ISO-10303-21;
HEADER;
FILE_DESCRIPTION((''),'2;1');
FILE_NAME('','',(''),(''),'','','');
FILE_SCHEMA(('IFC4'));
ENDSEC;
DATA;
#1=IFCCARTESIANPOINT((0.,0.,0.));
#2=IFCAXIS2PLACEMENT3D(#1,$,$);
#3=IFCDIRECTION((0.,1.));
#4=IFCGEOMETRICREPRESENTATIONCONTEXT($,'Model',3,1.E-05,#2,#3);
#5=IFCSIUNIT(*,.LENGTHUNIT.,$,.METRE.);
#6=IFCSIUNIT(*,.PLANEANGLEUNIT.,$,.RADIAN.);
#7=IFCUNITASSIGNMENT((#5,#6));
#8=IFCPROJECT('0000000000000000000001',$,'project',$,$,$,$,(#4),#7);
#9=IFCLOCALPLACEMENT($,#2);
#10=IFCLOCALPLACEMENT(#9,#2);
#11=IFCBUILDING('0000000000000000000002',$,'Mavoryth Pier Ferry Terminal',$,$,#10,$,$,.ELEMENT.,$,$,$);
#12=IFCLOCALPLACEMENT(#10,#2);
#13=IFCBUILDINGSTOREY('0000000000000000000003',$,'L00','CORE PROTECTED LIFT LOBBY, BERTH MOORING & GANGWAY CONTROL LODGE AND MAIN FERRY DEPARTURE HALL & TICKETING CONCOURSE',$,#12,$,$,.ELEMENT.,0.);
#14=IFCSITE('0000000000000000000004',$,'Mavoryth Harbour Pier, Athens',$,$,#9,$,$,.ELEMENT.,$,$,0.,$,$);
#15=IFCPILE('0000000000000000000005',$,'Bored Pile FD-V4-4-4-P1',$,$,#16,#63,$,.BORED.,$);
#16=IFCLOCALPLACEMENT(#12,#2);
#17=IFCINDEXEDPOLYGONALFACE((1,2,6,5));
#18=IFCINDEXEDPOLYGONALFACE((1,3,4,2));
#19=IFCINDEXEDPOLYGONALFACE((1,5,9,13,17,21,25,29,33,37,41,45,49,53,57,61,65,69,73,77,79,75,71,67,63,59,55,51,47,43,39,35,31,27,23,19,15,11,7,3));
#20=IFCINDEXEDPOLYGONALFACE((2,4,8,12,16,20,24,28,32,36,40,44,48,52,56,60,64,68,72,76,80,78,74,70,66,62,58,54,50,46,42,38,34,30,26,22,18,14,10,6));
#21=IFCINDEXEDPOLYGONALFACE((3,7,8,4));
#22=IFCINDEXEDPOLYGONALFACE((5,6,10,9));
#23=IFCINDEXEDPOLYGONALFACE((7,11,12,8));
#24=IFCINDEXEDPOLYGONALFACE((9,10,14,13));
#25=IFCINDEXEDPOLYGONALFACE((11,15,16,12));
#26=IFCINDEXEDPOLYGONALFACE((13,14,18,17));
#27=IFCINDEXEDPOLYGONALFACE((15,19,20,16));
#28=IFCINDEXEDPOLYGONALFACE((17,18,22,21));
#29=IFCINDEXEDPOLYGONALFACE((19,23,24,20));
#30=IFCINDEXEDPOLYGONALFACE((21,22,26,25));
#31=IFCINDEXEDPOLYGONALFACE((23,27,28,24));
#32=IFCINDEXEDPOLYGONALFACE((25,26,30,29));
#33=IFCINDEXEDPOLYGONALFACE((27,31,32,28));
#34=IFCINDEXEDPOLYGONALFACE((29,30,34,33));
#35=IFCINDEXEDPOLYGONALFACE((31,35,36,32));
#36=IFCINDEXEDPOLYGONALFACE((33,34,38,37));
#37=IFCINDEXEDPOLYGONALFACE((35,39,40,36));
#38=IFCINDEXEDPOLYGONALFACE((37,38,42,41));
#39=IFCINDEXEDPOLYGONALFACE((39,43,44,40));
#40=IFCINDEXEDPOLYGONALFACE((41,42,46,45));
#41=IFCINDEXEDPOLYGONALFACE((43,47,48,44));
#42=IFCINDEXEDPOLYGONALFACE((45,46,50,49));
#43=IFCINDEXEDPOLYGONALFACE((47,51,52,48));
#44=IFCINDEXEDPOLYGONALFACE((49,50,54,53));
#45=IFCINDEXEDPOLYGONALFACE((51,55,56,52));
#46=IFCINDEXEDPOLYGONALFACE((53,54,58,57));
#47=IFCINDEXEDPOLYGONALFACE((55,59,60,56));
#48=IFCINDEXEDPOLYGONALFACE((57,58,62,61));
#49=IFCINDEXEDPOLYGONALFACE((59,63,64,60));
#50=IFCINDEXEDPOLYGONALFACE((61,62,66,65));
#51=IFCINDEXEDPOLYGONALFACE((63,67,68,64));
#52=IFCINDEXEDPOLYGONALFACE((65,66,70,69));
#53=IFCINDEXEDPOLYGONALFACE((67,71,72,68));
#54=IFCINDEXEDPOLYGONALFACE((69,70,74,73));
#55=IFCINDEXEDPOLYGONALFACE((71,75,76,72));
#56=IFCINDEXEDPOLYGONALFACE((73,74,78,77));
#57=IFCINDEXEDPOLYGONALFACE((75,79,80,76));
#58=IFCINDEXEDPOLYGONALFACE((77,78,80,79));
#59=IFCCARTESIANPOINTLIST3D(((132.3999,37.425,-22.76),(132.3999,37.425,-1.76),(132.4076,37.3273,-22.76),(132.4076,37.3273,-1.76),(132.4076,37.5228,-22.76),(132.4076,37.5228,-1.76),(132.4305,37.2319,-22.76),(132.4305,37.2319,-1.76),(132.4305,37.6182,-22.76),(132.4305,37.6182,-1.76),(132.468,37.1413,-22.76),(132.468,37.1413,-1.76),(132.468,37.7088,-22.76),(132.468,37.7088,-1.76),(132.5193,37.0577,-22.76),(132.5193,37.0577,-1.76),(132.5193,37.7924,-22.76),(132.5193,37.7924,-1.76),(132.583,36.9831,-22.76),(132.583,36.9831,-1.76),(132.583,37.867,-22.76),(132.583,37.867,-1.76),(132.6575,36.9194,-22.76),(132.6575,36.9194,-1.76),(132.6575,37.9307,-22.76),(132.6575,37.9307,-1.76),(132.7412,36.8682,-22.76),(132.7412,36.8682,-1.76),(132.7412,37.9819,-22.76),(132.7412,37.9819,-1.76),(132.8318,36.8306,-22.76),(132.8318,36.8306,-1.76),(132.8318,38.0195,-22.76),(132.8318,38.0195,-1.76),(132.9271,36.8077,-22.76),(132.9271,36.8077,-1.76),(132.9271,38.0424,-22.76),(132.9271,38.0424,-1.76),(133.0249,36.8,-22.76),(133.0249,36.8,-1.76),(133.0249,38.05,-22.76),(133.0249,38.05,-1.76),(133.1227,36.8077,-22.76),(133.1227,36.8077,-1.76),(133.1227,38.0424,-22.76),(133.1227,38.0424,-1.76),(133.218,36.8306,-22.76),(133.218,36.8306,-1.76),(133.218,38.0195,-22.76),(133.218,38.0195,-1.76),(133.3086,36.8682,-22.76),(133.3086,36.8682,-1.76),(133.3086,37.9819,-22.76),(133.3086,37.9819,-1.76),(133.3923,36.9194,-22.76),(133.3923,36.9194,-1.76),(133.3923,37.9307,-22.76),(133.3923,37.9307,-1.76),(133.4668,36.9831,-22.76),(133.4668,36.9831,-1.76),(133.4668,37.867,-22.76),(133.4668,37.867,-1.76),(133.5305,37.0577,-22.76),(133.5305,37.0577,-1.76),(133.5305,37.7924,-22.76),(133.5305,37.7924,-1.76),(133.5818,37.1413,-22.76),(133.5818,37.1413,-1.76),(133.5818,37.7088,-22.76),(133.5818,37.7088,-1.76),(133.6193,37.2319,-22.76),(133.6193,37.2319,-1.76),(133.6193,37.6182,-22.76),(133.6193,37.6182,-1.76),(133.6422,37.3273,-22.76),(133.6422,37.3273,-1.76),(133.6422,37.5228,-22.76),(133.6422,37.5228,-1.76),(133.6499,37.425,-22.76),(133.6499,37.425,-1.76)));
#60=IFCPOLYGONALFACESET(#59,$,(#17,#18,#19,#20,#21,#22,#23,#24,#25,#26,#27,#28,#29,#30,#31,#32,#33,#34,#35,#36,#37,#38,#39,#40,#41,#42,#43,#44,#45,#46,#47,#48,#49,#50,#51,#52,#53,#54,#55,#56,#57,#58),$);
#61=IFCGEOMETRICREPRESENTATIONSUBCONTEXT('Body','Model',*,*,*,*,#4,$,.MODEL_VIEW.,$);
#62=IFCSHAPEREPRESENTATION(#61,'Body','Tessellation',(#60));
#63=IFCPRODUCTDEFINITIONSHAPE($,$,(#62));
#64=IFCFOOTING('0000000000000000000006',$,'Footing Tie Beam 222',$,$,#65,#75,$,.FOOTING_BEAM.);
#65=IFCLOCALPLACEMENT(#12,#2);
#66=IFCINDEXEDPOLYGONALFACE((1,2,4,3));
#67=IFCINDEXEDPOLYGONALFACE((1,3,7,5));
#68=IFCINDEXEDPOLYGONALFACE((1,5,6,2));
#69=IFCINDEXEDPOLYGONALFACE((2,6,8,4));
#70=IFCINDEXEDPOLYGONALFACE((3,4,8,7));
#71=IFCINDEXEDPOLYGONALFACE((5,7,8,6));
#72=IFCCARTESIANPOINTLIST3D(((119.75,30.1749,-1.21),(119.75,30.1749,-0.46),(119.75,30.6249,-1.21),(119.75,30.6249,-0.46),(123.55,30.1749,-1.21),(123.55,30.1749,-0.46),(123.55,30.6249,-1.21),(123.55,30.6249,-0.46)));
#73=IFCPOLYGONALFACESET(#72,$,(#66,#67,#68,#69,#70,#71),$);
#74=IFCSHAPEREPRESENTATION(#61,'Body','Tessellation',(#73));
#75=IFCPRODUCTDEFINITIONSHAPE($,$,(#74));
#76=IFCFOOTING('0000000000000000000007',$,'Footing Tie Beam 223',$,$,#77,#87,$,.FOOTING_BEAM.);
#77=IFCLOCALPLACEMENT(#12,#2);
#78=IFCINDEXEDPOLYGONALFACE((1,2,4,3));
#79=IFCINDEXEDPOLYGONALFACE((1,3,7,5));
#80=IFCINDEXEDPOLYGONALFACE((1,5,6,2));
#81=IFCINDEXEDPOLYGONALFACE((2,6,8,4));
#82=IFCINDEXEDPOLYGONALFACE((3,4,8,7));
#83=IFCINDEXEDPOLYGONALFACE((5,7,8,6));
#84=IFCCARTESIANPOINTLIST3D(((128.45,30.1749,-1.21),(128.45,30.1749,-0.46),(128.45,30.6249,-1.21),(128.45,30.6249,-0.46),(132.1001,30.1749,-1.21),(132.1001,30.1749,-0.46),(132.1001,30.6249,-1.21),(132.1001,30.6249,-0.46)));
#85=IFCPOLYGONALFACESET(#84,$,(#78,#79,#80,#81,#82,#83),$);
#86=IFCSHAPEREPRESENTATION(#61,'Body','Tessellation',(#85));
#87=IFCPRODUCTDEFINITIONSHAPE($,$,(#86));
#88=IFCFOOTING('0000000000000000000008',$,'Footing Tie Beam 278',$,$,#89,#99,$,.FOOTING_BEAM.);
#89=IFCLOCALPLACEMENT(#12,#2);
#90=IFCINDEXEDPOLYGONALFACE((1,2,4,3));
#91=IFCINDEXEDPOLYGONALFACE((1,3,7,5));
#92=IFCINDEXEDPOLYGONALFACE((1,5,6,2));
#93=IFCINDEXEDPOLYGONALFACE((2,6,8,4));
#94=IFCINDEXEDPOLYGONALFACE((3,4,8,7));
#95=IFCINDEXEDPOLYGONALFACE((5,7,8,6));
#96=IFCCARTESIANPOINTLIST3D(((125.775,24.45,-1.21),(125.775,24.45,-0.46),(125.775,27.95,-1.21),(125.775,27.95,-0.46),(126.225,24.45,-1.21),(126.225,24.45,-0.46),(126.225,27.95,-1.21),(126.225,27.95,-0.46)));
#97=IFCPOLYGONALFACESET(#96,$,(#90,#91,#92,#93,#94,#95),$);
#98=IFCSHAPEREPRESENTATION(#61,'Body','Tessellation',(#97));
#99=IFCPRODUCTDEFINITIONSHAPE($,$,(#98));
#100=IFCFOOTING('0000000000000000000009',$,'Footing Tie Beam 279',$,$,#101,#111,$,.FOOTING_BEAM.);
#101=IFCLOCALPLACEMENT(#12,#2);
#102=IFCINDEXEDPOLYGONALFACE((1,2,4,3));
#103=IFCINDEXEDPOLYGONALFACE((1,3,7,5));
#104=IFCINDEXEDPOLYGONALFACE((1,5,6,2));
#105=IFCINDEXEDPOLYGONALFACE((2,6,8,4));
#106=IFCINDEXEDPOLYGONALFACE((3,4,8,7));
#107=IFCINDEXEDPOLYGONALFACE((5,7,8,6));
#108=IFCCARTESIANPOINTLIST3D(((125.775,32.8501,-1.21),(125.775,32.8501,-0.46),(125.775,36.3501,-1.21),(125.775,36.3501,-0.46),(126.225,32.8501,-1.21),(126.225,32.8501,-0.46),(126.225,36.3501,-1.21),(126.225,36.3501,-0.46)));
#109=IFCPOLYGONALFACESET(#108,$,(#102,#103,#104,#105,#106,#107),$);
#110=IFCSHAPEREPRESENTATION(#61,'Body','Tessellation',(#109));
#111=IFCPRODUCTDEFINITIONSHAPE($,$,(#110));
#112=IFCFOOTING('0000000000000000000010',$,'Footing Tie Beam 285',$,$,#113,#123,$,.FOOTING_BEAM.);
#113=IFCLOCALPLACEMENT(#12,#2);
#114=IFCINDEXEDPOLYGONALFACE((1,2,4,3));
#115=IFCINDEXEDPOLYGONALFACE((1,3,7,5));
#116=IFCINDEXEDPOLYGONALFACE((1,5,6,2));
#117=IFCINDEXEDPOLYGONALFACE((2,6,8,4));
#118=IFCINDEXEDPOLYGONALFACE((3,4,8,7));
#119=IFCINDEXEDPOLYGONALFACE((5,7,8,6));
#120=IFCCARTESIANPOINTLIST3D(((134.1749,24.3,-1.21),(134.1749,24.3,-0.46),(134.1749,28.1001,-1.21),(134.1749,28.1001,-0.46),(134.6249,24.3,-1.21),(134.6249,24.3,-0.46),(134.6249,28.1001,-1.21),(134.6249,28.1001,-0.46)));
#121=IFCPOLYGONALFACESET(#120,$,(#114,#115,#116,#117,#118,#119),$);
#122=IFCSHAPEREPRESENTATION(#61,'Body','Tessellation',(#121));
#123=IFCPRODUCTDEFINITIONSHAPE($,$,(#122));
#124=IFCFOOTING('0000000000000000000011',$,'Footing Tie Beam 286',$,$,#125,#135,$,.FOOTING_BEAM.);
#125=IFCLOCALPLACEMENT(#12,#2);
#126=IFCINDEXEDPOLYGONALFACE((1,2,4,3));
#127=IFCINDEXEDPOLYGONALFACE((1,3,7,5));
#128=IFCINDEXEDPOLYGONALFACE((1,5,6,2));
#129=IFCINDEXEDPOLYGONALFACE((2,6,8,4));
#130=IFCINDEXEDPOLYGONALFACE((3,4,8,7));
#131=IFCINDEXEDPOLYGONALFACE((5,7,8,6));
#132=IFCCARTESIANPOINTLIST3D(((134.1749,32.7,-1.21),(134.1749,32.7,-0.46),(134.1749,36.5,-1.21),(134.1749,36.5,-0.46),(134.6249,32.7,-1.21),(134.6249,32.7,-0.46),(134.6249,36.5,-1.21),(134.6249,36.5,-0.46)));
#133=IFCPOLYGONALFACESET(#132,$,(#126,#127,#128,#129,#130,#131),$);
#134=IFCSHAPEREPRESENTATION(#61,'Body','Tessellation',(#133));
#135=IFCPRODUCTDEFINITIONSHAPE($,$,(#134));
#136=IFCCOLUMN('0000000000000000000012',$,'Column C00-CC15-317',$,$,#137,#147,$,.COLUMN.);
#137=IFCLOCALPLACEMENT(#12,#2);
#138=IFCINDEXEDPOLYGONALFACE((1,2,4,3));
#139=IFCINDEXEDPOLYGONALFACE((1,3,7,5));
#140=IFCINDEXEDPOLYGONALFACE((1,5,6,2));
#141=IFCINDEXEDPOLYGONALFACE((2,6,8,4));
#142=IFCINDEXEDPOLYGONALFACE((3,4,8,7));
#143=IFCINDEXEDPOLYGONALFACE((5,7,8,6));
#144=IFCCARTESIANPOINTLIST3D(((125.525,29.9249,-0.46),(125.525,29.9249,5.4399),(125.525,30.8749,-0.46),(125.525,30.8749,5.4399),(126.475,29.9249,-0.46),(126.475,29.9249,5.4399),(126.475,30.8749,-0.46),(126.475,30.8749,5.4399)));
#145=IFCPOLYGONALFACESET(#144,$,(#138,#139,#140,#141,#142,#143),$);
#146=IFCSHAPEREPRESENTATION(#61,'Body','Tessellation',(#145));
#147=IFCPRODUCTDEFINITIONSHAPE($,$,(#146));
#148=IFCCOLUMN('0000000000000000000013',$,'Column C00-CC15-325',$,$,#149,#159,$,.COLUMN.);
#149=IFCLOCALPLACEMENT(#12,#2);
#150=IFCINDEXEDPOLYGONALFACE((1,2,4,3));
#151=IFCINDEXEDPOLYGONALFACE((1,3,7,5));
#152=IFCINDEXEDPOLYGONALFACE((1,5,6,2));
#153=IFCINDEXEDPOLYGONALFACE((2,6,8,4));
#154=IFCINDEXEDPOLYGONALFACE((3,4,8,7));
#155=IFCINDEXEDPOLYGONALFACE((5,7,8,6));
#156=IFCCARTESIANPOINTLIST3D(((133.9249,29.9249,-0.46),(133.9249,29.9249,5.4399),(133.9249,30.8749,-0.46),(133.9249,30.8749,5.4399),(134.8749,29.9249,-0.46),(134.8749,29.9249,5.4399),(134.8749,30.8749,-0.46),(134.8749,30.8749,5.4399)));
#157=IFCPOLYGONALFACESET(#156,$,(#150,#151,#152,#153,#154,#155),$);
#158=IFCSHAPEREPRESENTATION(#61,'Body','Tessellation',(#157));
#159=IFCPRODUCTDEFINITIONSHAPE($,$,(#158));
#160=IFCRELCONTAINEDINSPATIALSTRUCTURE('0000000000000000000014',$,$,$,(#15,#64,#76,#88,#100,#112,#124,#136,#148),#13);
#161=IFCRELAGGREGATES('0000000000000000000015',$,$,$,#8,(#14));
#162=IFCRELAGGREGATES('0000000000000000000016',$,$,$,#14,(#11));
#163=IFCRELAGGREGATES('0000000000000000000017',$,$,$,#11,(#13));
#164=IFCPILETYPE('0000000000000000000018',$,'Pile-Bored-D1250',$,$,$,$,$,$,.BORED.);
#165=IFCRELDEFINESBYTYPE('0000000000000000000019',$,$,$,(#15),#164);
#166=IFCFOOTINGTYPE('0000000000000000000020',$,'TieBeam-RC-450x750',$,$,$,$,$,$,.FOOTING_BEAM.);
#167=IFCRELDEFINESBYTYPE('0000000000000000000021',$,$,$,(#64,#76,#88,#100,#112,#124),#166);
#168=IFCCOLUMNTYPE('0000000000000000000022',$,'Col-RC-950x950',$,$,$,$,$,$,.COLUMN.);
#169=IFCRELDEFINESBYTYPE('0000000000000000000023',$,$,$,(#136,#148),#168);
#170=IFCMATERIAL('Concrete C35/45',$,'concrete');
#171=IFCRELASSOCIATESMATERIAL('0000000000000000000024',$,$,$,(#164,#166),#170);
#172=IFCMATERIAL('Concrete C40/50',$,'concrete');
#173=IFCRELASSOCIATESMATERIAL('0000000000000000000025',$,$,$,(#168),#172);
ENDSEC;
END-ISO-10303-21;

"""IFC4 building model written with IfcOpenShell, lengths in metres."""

from ifc_helpers import new_model, si_unit, direction, frame, origin, origin_2d, place, context, subcontext, project, spatial, rectangle, circle, extrude, material, material_profile, profile_set, type_object, element, save


model = new_model("IFC4")

# Units and contexts
model_context = context("Model", 3, precision=1e-05, world=origin(), true_north=direction((0.0, 1.0)))
body_context = subcontext(model_context, "Body", "Model", "MODEL_VIEW")
ifc_project = project(units=[si_unit("LENGTHUNIT", "METRE"), si_unit("PLANEANGLEUNIT", "RADIAN")], contexts=[model_context])

# Site, building, storey
site_placement = place(None, origin())
site = spatial("IfcSite", under=ifc_project, at=site_placement, Name="Mavoryth Harbour Pier, Athens", CompositionType="ELEMENT", RefElevation=0.0)
building_placement = place(site_placement, origin())
building = spatial("IfcBuilding", under=site, at=building_placement, Name="Mavoryth Pier Ferry Terminal", CompositionType="ELEMENT")
storey_placement = place(building_placement, origin())
storey = spatial("IfcBuildingStorey", under=building, at=storey_placement, Name="L00", Description="CORE PROTECTED LIFT LOBBY, BERTH MOORING & GANGWAY CONTROL LODGE AND MAIN FERRY DEPARTURE HALL & TICKETING CONCOURSE", CompositionType="ELEMENT", Elevation=0.0)

# Shared definitions
ifc_material_1 = material(Name="Concrete C35/45", Category="concrete")

# Pile
ifc_material_profile_1 = material_profile(ifc_material_1, circle(Radius=0.625, at=origin_2d()), Name="PILE D1250", Category="concrete")
ifc_profile_set_1 = profile_set([ifc_material_profile_1], Name="Concrete C35/45 - PILE D1250")
pile_type_1 = type_object("IfcPileType", Name="Pile-Bored-D1250", PredefinedType="BORED", material=ifc_profile_set_1)
for number, where, z_axis, x_axis, name in (
    (1, (133.0249, 37.425, -1.76), (0.0, 0.0, -1.0), (1.0, 0.0, 0.0), "Bored Pile FD-V4-4-4-P1"),
):
    element("IfcPile", number, at=place(storey_placement, frame(where, z_axis=z_axis, x_axis=x_axis)), inside=storey, type_object=pile_type_1, Name=name, PredefinedType="BORED", context=body_context, shape_type="SweptSolid", body=[
        extrude(circle(Radius=0.625, at=origin_2d()), origin(), (0.0, 0.0, 1.0), 21.0),
    ])

# Footings
ifc_material_profile_2 = material_profile(ifc_material_1, rectangle(XDim=0.45, YDim=0.75, at=origin_2d()), Name="RC 450x750", Category="concrete")
ifc_profile_set_2 = profile_set([ifc_material_profile_2], Name="Concrete C35/45 - RC 450x750")
footing_type_1 = type_object("IfcFootingType", Name="TieBeam-RC-450x750", PredefinedType="FOOTING_BEAM", material=ifc_profile_set_2)
footing_1_placement = place(storey_placement, frame((119.75, 30.3999, -0.835), z_axis=(1.0, 0.0, 0.0), x_axis=(0.0, 1.0, 0.0)))
element("IfcFooting", 2, at=footing_1_placement, inside=storey, type_object=footing_type_1, Name="Footing Tie Beam 222", PredefinedType="FOOTING_BEAM", context=body_context, shape_type="SweptSolid", body=[
    extrude(rectangle(XDim=0.45, YDim=0.75, at=origin_2d()), origin(), (0.0, 0.0, 1.0), 3.8),
])
footing_2_placement = place(storey_placement, frame((128.45, 30.3999, -0.835), z_axis=(1.0, 0.0, 0.0), x_axis=(0.0, 1.0, 0.0)))
element("IfcFooting", 3, at=footing_2_placement, inside=storey, type_object=footing_type_1, Name="Footing Tie Beam 223", PredefinedType="FOOTING_BEAM", context=body_context, shape_type="SweptSolid", body=[
    extrude(rectangle(XDim=0.45, YDim=0.75, at=origin_2d()), origin(), (0.0, 0.0, 1.0), 3.6501),
])
for number, where, z_axis, x_axis, name in (
    (4, (126.0, 24.45, -0.835), (0.0, 1.0, 0.0), (-1.0, 0.0, 0.0), "Footing Tie Beam 278"),
    (5, (126.0, 32.8501, -0.835), (0.0, 1.0, 0.0), (-1.0, 0.0, 0.0), "Footing Tie Beam 279"),
):
    element("IfcFooting", number, at=place(storey_placement, frame(where, z_axis=z_axis, x_axis=x_axis)), inside=storey, type_object=footing_type_1, Name=name, PredefinedType="FOOTING_BEAM", context=body_context, shape_type="SweptSolid", body=[
        extrude(rectangle(XDim=0.45, YDim=0.75, at=origin_2d()), origin(), (0.0, 0.0, 1.0), 3.5),
    ])
for number, where, z_axis, x_axis, name in (
    (6, (134.3999, 24.3, -0.835), (0.0, 1.0, 0.0), (-1.0, 0.0, 0.0), "Footing Tie Beam 285"),
    (7, (134.3999, 32.7, -0.835), (0.0, 1.0, 0.0), (-1.0, 0.0, 0.0), "Footing Tie Beam 286"),
):
    element("IfcFooting", number, at=place(storey_placement, frame(where, z_axis=z_axis, x_axis=x_axis)), inside=storey, type_object=footing_type_1, Name=name, PredefinedType="FOOTING_BEAM", context=body_context, shape_type="SweptSolid", body=[
        extrude(rectangle(XDim=0.45, YDim=0.75, at=origin_2d()), origin(), (0.0, 0.0, 1.0), 3.8),
    ])

# Columns
ifc_material_2 = material(Name="Concrete C40/50", Category="concrete")
ifc_material_profile_3 = material_profile(ifc_material_2, rectangle(XDim=0.95, YDim=0.95, at=origin_2d()), Name="RC 950x950", Category="concrete")
ifc_profile_set_3 = profile_set([ifc_material_profile_3], Name="Concrete C40/50 - RC 950x950")
column_type = type_object("IfcColumnType", Name="Col-RC-950x950", PredefinedType="COLUMN", material=ifc_profile_set_3)
for number, where, z_axis, x_axis, name in (
    (8, (126.0, 30.3999, -0.46), (0.0, 0.0, 1.0), (1.0, 0.0, 0.0), "Column C00-CC15-317"),
    (9, (134.3999, 30.3999, -0.46), (0.0, 0.0, 1.0), (1.0, 0.0, 0.0), "Column C00-CC15-325"),
):
    element("IfcColumn", number, at=place(storey_placement, frame(where, z_axis=z_axis, x_axis=x_axis)), inside=storey, type_object=column_type, Name=name, PredefinedType="COLUMN", context=body_context, shape_type="SweptSolid", body=[
        extrude(rectangle(XDim=0.95, YDim=0.95, at=origin_2d()), origin(), (0.0, 0.0, 1.0), 5.8999),
    ])

save(model, "model.ifc")
